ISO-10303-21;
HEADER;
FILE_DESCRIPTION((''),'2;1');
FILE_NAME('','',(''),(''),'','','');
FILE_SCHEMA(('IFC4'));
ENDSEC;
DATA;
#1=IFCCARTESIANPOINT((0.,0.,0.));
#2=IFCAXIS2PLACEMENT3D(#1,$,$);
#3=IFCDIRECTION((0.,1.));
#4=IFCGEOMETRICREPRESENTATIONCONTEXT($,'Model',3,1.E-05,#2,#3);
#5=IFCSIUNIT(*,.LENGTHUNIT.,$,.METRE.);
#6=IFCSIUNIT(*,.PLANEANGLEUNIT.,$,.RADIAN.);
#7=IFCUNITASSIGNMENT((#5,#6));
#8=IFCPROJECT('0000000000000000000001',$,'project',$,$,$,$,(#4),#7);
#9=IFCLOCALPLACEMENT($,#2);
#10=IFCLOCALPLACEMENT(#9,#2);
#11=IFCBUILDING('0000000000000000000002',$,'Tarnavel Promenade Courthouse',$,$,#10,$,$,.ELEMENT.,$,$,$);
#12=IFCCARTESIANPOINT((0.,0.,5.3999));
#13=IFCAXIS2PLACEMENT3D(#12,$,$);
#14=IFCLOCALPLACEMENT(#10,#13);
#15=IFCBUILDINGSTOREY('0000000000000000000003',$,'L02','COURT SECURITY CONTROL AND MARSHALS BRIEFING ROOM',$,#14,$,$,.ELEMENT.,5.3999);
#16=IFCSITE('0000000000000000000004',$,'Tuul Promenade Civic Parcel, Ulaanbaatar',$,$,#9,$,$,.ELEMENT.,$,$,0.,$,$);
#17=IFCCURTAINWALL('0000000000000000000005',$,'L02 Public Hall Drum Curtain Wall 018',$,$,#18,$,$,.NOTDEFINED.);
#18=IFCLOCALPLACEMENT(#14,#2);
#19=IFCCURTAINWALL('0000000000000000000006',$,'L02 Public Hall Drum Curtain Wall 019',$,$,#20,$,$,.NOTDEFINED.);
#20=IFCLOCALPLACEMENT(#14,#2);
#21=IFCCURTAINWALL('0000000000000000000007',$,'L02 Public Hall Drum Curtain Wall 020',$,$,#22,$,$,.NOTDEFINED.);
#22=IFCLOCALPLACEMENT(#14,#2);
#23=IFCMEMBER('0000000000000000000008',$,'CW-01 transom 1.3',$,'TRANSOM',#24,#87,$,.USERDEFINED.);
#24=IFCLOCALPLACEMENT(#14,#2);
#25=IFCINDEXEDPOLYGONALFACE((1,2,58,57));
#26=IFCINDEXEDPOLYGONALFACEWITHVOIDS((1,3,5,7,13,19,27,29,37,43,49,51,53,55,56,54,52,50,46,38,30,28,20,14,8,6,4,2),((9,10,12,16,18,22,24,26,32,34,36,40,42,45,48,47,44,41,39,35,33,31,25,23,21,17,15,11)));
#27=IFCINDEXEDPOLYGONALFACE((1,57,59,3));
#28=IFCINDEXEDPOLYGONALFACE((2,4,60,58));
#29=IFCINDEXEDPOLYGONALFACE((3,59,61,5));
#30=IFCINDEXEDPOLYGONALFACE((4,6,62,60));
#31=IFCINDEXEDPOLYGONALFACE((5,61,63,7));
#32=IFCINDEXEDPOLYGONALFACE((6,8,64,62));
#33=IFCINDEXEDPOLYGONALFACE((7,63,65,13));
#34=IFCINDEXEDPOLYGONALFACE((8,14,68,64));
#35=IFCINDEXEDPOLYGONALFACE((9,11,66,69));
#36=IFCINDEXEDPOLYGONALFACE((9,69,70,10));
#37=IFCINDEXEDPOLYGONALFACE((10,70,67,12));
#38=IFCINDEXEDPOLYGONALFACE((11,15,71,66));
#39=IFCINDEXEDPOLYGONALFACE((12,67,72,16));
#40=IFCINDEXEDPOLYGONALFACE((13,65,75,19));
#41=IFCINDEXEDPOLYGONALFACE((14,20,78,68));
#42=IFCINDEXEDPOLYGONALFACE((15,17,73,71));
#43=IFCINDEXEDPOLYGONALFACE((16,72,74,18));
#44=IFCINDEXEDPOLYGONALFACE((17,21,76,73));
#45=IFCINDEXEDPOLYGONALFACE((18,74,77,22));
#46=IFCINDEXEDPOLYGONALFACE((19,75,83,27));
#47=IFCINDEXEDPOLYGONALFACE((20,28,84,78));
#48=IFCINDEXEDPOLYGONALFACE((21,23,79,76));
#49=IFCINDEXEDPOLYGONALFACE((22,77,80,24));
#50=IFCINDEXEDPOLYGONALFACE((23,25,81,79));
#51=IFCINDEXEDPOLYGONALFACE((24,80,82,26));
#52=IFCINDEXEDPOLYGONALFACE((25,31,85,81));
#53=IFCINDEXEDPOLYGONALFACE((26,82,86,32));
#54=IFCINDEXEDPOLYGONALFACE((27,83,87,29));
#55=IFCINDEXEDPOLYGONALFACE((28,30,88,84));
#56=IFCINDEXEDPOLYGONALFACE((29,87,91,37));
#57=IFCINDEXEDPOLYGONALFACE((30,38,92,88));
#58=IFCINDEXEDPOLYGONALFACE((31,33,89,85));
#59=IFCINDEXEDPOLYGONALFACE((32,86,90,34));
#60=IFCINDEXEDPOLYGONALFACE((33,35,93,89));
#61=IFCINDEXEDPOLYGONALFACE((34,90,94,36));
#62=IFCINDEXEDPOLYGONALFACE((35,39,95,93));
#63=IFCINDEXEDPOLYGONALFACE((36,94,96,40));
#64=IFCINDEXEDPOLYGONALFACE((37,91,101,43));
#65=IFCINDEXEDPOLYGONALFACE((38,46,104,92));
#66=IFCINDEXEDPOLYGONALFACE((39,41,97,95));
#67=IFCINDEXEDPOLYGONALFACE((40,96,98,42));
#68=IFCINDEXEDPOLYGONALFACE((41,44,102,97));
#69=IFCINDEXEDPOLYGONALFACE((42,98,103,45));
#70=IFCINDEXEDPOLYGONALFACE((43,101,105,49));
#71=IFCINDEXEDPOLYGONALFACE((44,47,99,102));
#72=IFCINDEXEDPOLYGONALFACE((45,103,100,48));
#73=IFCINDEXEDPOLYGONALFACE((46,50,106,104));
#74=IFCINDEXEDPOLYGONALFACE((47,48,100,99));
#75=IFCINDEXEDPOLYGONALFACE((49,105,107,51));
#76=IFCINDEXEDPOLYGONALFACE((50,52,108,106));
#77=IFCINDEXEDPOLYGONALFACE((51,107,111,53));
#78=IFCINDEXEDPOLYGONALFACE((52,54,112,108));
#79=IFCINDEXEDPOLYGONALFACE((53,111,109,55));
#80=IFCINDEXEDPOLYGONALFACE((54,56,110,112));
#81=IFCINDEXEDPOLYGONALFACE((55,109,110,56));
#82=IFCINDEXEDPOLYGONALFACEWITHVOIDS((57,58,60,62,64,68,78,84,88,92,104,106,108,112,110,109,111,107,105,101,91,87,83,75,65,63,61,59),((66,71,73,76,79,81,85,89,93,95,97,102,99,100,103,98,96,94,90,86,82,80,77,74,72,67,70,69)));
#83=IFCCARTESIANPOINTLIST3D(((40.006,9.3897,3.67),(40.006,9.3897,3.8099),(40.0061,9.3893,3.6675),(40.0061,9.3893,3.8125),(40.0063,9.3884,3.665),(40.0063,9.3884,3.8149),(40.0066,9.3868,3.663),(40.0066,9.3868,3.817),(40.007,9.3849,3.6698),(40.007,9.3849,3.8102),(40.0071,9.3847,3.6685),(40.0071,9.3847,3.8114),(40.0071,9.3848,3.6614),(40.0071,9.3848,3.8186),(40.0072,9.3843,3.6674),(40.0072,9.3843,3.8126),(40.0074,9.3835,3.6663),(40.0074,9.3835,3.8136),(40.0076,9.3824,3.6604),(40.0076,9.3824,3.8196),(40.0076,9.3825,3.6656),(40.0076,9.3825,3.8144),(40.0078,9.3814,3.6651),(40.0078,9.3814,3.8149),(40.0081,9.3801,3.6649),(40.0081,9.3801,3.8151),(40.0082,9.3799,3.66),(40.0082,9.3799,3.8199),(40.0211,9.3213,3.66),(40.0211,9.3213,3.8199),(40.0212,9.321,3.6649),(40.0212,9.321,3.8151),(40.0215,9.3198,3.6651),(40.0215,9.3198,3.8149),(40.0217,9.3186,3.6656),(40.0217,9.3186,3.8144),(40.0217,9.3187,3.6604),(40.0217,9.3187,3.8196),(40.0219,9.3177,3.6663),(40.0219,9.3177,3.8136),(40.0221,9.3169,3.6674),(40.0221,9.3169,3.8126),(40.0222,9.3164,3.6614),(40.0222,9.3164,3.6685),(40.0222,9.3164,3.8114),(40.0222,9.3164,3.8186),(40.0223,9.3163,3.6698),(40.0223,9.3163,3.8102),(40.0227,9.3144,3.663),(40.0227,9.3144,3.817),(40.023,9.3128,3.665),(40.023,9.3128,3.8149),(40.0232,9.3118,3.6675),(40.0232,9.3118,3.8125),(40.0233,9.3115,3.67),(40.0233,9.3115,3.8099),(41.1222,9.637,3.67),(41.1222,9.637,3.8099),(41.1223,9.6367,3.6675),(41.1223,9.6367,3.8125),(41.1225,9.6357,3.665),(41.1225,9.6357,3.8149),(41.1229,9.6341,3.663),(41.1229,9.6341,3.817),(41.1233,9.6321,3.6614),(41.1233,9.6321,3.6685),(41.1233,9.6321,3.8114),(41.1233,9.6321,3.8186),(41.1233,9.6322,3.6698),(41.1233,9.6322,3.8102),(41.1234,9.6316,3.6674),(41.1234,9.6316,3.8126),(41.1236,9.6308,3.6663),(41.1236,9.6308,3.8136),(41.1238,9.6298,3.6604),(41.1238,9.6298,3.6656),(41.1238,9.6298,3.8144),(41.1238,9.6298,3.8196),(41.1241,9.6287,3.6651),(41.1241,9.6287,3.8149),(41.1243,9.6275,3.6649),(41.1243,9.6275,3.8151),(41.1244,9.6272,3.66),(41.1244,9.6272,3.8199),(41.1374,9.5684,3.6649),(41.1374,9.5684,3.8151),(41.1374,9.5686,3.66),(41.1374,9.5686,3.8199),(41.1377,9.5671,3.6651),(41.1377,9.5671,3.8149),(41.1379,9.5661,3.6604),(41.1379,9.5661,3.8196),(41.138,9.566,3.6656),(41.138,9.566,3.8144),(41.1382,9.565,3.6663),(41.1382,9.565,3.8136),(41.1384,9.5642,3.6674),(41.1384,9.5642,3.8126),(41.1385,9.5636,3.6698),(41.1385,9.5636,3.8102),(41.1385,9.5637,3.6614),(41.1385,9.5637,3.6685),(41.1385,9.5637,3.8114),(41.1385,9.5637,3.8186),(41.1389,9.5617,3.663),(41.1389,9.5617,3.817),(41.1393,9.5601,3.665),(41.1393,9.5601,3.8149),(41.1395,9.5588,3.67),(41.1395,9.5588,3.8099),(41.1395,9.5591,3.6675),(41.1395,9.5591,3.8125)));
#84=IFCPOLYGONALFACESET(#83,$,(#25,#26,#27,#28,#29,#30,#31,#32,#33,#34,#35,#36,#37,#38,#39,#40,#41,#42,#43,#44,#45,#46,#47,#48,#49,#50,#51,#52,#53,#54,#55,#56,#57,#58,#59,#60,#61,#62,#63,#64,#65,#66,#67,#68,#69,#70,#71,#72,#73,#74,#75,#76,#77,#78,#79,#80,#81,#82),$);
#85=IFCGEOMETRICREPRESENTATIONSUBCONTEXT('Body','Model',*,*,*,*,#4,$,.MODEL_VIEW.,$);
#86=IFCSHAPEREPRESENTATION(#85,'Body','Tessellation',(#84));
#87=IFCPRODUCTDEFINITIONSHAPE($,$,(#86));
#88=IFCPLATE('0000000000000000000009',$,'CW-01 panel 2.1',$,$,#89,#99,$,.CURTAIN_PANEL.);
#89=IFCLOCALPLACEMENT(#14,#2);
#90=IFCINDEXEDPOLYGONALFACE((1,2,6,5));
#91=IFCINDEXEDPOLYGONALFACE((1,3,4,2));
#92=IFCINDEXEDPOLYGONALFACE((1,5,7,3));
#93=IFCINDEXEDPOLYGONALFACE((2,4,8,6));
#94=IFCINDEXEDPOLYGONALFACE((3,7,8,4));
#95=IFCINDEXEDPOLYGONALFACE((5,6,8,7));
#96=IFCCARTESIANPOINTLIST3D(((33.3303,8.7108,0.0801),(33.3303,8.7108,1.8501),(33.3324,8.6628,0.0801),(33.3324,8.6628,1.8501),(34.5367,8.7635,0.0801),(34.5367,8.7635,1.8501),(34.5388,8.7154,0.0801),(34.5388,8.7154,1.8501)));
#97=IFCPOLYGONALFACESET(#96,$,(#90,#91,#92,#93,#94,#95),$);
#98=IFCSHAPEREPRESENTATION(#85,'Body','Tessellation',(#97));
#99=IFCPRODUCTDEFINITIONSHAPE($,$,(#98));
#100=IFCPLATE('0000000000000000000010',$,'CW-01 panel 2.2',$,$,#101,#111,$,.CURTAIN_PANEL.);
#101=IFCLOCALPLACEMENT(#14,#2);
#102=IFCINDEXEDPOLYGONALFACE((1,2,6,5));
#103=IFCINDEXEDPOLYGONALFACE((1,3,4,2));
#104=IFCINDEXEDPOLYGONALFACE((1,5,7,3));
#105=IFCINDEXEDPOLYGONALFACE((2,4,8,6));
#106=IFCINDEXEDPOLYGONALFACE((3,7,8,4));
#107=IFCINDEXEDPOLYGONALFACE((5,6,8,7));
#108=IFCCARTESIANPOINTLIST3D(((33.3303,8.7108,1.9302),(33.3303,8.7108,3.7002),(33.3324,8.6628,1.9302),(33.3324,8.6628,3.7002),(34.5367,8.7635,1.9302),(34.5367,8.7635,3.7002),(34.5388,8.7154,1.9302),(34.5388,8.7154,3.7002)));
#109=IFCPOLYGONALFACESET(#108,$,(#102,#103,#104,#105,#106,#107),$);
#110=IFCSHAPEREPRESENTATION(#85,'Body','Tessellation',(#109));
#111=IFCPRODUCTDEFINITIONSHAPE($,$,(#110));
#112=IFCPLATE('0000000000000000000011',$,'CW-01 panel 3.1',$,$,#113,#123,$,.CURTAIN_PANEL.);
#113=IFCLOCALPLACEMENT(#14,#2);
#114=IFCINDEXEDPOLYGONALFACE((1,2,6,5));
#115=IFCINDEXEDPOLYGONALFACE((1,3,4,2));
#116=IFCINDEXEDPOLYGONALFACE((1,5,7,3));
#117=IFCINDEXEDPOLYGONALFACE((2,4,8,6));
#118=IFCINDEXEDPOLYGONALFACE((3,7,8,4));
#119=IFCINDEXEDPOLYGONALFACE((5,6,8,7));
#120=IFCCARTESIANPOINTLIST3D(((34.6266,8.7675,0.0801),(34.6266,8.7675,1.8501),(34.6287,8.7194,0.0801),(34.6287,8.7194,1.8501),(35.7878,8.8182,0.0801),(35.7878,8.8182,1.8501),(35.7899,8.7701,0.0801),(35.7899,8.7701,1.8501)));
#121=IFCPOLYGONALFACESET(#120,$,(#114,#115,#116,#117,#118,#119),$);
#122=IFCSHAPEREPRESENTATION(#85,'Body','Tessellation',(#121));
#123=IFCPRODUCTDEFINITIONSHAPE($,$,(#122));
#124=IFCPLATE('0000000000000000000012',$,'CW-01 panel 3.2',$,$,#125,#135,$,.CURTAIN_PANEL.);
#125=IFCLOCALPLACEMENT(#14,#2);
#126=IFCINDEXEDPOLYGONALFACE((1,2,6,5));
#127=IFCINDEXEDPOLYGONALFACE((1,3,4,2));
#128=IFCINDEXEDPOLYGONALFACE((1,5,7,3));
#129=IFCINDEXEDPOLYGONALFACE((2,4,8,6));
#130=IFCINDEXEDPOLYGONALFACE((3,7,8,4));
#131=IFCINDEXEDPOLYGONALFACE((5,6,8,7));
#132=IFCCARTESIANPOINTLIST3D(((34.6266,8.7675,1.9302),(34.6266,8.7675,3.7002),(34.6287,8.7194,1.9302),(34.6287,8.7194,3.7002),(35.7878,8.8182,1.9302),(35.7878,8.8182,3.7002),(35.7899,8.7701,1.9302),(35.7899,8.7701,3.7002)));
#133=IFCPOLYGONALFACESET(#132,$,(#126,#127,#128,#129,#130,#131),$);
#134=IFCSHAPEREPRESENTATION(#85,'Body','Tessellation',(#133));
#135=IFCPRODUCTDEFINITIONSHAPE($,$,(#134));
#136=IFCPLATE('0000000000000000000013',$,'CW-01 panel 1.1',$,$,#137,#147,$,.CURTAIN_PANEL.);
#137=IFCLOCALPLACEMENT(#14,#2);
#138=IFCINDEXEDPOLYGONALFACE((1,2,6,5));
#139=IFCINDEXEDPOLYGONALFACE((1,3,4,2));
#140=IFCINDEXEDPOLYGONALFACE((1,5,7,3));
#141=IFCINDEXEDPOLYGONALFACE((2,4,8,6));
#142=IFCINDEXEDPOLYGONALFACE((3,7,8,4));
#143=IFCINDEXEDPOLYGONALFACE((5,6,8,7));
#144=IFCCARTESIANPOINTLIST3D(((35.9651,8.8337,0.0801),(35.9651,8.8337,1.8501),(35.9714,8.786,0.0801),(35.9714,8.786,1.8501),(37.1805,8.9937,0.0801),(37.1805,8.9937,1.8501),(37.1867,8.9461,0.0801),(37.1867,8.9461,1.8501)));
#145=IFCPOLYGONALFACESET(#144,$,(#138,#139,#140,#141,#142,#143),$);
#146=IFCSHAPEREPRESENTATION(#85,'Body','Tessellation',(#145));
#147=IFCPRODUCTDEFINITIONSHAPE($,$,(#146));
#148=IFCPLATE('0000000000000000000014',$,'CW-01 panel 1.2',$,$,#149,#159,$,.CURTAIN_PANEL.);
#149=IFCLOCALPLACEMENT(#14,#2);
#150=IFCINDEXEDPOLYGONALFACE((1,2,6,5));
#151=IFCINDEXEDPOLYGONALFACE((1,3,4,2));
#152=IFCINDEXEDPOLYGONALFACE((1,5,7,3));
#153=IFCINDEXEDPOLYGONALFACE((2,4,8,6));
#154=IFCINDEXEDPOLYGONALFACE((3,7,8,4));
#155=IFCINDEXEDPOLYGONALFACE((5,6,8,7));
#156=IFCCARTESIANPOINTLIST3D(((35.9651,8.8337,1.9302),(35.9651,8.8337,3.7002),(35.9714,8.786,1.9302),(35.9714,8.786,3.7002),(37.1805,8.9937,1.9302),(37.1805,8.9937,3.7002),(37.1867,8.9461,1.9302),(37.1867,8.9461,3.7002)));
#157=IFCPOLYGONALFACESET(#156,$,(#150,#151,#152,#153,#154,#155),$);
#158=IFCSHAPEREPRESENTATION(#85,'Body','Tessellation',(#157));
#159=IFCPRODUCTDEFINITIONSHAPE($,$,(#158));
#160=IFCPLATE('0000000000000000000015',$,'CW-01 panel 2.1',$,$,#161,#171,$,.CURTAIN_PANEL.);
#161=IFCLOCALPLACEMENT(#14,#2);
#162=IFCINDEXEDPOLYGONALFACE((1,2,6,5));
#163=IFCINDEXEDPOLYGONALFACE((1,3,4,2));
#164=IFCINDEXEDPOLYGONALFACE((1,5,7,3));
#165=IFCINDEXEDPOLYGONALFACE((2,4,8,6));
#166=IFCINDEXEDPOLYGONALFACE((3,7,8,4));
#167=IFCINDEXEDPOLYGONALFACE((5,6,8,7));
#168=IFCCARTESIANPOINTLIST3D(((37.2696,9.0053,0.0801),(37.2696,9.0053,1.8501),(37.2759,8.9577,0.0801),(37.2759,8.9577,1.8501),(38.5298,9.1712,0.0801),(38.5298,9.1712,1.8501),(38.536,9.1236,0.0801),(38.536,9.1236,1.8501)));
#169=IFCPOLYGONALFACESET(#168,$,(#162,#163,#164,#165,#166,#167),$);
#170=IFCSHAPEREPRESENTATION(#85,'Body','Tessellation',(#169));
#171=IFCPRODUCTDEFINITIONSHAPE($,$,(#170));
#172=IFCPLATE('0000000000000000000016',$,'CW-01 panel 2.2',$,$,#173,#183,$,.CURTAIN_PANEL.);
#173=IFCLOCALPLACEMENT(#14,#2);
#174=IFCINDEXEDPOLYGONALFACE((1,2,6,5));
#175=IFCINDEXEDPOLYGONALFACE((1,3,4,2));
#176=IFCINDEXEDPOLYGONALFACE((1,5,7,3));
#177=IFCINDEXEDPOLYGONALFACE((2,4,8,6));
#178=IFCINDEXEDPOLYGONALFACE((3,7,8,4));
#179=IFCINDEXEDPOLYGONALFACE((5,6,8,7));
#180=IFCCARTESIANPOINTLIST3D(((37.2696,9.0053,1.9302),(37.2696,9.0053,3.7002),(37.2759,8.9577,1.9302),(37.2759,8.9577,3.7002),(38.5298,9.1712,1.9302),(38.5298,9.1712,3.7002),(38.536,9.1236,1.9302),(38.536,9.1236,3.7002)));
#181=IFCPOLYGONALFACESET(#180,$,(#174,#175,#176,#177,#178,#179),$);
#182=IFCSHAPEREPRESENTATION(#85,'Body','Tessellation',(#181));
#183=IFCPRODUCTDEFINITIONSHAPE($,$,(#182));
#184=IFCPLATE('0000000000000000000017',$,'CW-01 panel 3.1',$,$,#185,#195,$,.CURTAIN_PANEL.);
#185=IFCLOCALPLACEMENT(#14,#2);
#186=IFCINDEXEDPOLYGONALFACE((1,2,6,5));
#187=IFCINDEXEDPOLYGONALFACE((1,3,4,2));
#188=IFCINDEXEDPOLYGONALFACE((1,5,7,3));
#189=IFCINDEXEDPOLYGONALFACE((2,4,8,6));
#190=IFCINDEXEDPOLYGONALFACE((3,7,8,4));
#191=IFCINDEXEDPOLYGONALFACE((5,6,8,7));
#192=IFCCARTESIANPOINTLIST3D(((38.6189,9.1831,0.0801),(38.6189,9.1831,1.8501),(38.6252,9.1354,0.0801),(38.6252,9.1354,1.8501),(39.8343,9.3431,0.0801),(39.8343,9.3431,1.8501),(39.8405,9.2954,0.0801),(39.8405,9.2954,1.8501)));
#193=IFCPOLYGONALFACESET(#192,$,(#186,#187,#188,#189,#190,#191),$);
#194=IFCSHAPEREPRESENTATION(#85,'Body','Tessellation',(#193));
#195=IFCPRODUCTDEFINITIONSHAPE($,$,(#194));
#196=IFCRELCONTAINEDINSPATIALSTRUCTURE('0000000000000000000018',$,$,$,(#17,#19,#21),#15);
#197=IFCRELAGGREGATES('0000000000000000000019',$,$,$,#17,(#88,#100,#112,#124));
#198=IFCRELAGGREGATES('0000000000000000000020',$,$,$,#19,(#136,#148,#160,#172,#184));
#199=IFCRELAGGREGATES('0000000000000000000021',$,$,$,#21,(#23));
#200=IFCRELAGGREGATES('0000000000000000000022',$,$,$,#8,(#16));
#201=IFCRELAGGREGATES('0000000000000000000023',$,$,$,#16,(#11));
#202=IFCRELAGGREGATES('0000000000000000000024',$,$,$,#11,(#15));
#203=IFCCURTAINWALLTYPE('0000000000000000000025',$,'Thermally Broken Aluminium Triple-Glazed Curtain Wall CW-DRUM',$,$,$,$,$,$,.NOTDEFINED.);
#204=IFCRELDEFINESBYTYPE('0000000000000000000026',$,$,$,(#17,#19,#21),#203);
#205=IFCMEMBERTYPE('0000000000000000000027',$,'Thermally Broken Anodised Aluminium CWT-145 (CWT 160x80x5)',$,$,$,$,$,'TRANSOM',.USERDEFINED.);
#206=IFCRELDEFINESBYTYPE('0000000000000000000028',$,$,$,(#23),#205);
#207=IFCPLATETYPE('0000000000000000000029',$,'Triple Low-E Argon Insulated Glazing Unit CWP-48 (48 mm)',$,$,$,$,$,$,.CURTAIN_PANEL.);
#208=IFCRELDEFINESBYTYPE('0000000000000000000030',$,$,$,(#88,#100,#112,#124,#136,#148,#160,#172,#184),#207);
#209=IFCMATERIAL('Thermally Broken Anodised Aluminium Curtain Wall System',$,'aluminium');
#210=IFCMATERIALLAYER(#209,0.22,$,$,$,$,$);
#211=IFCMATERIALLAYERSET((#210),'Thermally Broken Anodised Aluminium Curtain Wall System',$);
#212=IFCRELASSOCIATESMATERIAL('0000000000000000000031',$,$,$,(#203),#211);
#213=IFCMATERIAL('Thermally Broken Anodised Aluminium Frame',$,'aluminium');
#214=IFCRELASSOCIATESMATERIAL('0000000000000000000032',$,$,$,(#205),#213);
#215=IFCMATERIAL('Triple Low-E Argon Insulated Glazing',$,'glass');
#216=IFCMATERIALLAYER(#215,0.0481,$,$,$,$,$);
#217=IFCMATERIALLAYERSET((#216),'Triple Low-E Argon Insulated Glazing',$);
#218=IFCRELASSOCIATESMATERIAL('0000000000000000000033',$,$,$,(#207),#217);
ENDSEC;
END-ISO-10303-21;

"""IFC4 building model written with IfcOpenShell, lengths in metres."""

from ifc_helpers import new_model, si_unit, direction, frame, origin, origin_2d, place, context, subcontext, project, spatial, rectangle, hollow_rectangle, extrude, material, layer, layer_set, material_profile, profile_set, type_object, element, aggregate, save


model = new_model("IFC4")

# Units and contexts
model_context = context("Model", 3, precision=1e-05, world=origin(), true_north=direction((0.0, 1.0)))
body_context = subcontext(model_context, "Body", "Model", "MODEL_VIEW")
ifc_project = project(units=[si_unit("LENGTHUNIT", "METRE"), si_unit("PLANEANGLEUNIT", "RADIAN")], contexts=[model_context])

# Site, building, storey
site_placement = place(None, origin())
site = spatial("IfcSite", under=ifc_project, at=site_placement, Name="Tuul Promenade Civic Parcel, Ulaanbaatar", CompositionType="ELEMENT", RefElevation=0.0)
building_placement = place(site_placement, origin())
building = spatial("IfcBuilding", under=site, at=building_placement, Name="Tarnavel Promenade Courthouse", CompositionType="ELEMENT")
storey_placement = place(building_placement, frame((0.0, 0.0, 5.3999)))
storey = spatial("IfcBuildingStorey", under=building, at=storey_placement, Name="L02", Description="COURT SECURITY CONTROL AND MARSHALS BRIEFING ROOM", CompositionType="ELEMENT", Elevation=5.3999)

# Curtain walls
ifc_material_1 = material(Name="Thermally Broken Anodised Aluminium Curtain Wall System", Category="aluminium")
ifc_layer_1 = layer(ifc_material_1, 0.22)
ifc_layer_set_1 = layer_set([ifc_layer_1], Name="Thermally Broken Anodised Aluminium Curtain Wall System")
curtain_wall_type = type_object("IfcCurtainWallType", Name="Thermally Broken Aluminium Triple-Glazed Curtain Wall CW-DRUM", PredefinedType="NOTDEFINED", material=ifc_layer_set_1)
curtain_wall_1_placement = place(storey_placement, origin())
curtain_wall_1 = element("IfcCurtainWall", 1, at=curtain_wall_1_placement, inside=storey, type_object=curtain_wall_type, Name="L02 Public Hall Drum Curtain Wall 018", PredefinedType="NOTDEFINED")
ifc_material_2 = material(Name="Thermally Broken Anodised Aluminium Frame", Category="aluminium")
curtain_wall_2_placement = place(storey_placement, origin())
curtain_wall_2 = element("IfcCurtainWall", 2, at=curtain_wall_2_placement, inside=storey, type_object=curtain_wall_type, Name="L02 Public Hall Drum Curtain Wall 019", PredefinedType="NOTDEFINED")
curtain_wall_3_placement = place(storey_placement, origin())
curtain_wall_3 = element("IfcCurtainWall", 3, at=curtain_wall_3_placement, inside=storey, type_object=curtain_wall_type, Name="L02 Public Hall Drum Curtain Wall 020", PredefinedType="NOTDEFINED")

# Member
ifc_material_profile_1 = material_profile(ifc_material_2, hollow_rectangle(XDim=0.0801, YDim=0.1599, WallThickness=0.0049, InnerFilletRadius=0.0049, OuterFilletRadius=0.01, at=origin_2d()), Name="CWT 160x80x5")
ifc_profile_set_1 = profile_set([ifc_material_profile_1], Name="Thermally Broken Anodised Aluminium Frame")
member_type_1 = type_object("IfcMemberType", Name="Thermally Broken Anodised Aluminium CWT-145 (CWT 160x80x5)", ElementType="TRANSOM", PredefinedType="USERDEFINED", material=ifc_profile_set_1)
member_1_placement = place(storey_placement, frame((40.0146, 9.3506, 3.74), z_axis=(0.976323, 0.21632, 0.0), x_axis=(-0.21632, 0.976323, 0.0)))
member_1 = element("IfcMember", 4, at=member_1_placement, type_object=member_type_1, Name="CW-01 transom 1.3", ObjectType="TRANSOM", PredefinedType="USERDEFINED", context=body_context, shape_type="SweptSolid", body=[
    extrude(hollow_rectangle(XDim=0.0801, YDim=0.1599, WallThickness=0.0049, InnerFilletRadius=0.0049, OuterFilletRadius=0.01, at=origin_2d()), origin(), (0.0, 0.0, 1.0), 1.1433),
])

# Plates
ifc_material_3 = material(Name="Triple Low-E Argon Insulated Glazing", Category="glass")
ifc_layer_2 = layer(ifc_material_3, 0.0481)
ifc_layer_set_2 = layer_set([ifc_layer_2], Name="Triple Low-E Argon Insulated Glazing")
plate_type = type_object("IfcPlateType", Name="Triple Low-E Argon Insulated Glazing Unit CWP-48 (48 mm)", PredefinedType="CURTAIN_PANEL", material=ifc_layer_set_2)
plate_1_placement = place(storey_placement, frame((33.9346, 8.7131, 0.0801), z_axis=(0.0, 0.0, 1.0), x_axis=(0.999048, 0.043619, 0.0)))
plate_1 = element("IfcPlate", 5, at=plate_1_placement, type_object=plate_type, Name="CW-01 panel 2.1", PredefinedType="CURTAIN_PANEL", context=body_context, shape_type="SweptSolid", body=[
    extrude(rectangle(XDim=1.2075, YDim=0.0481, at=origin_2d()), origin(), (0.0, 0.0, 1.0), 1.77),
])
plate_2_placement = place(storey_placement, frame((33.9346, 8.7131, 1.9302), z_axis=(0.0, 0.0, 1.0), x_axis=(0.999048, 0.043619, 0.0)))
plate_2 = element("IfcPlate", 6, at=plate_2_placement, type_object=plate_type, Name="CW-01 panel 2.2", PredefinedType="CURTAIN_PANEL", context=body_context, shape_type="SweptSolid", body=[
    extrude(rectangle(XDim=1.2075, YDim=0.0481, at=origin_2d()), origin(), (0.0, 0.0, 1.0), 1.77),
])
plate_3_placement = place(storey_placement, frame((35.2083, 8.7688, 0.0801), z_axis=(0.0, 0.0, 1.0), x_axis=(0.999048, 0.043619, 0.0)))
plate_3 = element("IfcPlate", 7, at=plate_3_placement, type_object=plate_type, Name="CW-01 panel 3.1", PredefinedType="CURTAIN_PANEL", context=body_context, shape_type="SweptSolid", body=[
    extrude(rectangle(XDim=1.1624, YDim=0.0481, at=origin_2d()), origin(), (0.0, 0.0, 1.0), 1.77),
])
plate_4_placement = place(storey_placement, frame((35.2083, 8.7688, 1.9302), z_axis=(0.0, 0.0, 1.0), x_axis=(0.999048, 0.043619, 0.0)))
plate_4 = element("IfcPlate", 8, at=plate_4_placement, type_object=plate_type, Name="CW-01 panel 3.2", PredefinedType="CURTAIN_PANEL", context=body_context, shape_type="SweptSolid", body=[
    extrude(rectangle(XDim=1.1624, YDim=0.0481, at=origin_2d()), origin(), (0.0, 0.0, 1.0), 1.77),
])
aggregate(curtain_wall_1, [plate_1, plate_2, plate_3, plate_4])
plate_5_placement = place(storey_placement, frame((36.5759, 8.8899, 0.0801), z_axis=(0.0, 0.0, 1.0), x_axis=(0.991445, 0.130526, 0.0)))
plate_5 = element("IfcPlate", 9, at=plate_5_placement, type_object=plate_type, Name="CW-01 panel 1.1", PredefinedType="CURTAIN_PANEL", context=body_context, shape_type="SweptSolid", body=[
    extrude(rectangle(XDim=1.2258, YDim=0.0481, at=origin_2d()), origin(), (0.0, 0.0, 1.0), 1.77),
])
plate_6_placement = place(storey_placement, frame((36.5759, 8.8899, 1.9302), z_axis=(0.0, 0.0, 1.0), x_axis=(0.991445, 0.130526, 0.0)))
plate_6 = element("IfcPlate", 10, at=plate_6_placement, type_object=plate_type, Name="CW-01 panel 1.2", PredefinedType="CURTAIN_PANEL", context=body_context, shape_type="SweptSolid", body=[
    extrude(rectangle(XDim=1.2258, YDim=0.0481, at=origin_2d()), origin(), (0.0, 0.0, 1.0), 1.77),
])
plate_7_placement = place(storey_placement, frame((37.9028, 9.0645, 0.0801), z_axis=(0.0, 0.0, 1.0), x_axis=(0.991445, 0.130526, 0.0)))
plate_7 = element("IfcPlate", 11, at=plate_7_placement, type_object=plate_type, Name="CW-01 panel 2.1", PredefinedType="CURTAIN_PANEL", context=body_context, shape_type="SweptSolid", body=[
    extrude(rectangle(XDim=1.271, YDim=0.0481, at=origin_2d()), origin(), (0.0, 0.0, 1.0), 1.77),
])
plate_8_placement = place(storey_placement, frame((37.9028, 9.0645, 1.9302), z_axis=(0.0, 0.0, 1.0), x_axis=(0.991445, 0.130526, 0.0)))
plate_8 = element("IfcPlate", 12, at=plate_8_placement, type_object=plate_type, Name="CW-01 panel 2.2", PredefinedType="CURTAIN_PANEL", context=body_context, shape_type="SweptSolid", body=[
    extrude(rectangle(XDim=1.271, YDim=0.0481, at=origin_2d()), origin(), (0.0, 0.0, 1.0), 1.77),
])
plate_9_placement = place(storey_placement, frame((39.2297, 9.2393, 0.0801), z_axis=(0.0, 0.0, 1.0), x_axis=(0.991445, 0.130526, 0.0)))
plate_9 = element("IfcPlate", 13, at=plate_9_placement, type_object=plate_type, Name="CW-01 panel 3.1", PredefinedType="CURTAIN_PANEL", context=body_context, shape_type="SweptSolid", body=[
    extrude(rectangle(XDim=1.2258, YDim=0.0481, at=origin_2d()), origin(), (0.0, 0.0, 1.0), 1.77),
])
aggregate(curtain_wall_2, [plate_5, plate_6, plate_7, plate_8, plate_9])
aggregate(curtain_wall_3, [member_1])

save(model, "model.ifc")
